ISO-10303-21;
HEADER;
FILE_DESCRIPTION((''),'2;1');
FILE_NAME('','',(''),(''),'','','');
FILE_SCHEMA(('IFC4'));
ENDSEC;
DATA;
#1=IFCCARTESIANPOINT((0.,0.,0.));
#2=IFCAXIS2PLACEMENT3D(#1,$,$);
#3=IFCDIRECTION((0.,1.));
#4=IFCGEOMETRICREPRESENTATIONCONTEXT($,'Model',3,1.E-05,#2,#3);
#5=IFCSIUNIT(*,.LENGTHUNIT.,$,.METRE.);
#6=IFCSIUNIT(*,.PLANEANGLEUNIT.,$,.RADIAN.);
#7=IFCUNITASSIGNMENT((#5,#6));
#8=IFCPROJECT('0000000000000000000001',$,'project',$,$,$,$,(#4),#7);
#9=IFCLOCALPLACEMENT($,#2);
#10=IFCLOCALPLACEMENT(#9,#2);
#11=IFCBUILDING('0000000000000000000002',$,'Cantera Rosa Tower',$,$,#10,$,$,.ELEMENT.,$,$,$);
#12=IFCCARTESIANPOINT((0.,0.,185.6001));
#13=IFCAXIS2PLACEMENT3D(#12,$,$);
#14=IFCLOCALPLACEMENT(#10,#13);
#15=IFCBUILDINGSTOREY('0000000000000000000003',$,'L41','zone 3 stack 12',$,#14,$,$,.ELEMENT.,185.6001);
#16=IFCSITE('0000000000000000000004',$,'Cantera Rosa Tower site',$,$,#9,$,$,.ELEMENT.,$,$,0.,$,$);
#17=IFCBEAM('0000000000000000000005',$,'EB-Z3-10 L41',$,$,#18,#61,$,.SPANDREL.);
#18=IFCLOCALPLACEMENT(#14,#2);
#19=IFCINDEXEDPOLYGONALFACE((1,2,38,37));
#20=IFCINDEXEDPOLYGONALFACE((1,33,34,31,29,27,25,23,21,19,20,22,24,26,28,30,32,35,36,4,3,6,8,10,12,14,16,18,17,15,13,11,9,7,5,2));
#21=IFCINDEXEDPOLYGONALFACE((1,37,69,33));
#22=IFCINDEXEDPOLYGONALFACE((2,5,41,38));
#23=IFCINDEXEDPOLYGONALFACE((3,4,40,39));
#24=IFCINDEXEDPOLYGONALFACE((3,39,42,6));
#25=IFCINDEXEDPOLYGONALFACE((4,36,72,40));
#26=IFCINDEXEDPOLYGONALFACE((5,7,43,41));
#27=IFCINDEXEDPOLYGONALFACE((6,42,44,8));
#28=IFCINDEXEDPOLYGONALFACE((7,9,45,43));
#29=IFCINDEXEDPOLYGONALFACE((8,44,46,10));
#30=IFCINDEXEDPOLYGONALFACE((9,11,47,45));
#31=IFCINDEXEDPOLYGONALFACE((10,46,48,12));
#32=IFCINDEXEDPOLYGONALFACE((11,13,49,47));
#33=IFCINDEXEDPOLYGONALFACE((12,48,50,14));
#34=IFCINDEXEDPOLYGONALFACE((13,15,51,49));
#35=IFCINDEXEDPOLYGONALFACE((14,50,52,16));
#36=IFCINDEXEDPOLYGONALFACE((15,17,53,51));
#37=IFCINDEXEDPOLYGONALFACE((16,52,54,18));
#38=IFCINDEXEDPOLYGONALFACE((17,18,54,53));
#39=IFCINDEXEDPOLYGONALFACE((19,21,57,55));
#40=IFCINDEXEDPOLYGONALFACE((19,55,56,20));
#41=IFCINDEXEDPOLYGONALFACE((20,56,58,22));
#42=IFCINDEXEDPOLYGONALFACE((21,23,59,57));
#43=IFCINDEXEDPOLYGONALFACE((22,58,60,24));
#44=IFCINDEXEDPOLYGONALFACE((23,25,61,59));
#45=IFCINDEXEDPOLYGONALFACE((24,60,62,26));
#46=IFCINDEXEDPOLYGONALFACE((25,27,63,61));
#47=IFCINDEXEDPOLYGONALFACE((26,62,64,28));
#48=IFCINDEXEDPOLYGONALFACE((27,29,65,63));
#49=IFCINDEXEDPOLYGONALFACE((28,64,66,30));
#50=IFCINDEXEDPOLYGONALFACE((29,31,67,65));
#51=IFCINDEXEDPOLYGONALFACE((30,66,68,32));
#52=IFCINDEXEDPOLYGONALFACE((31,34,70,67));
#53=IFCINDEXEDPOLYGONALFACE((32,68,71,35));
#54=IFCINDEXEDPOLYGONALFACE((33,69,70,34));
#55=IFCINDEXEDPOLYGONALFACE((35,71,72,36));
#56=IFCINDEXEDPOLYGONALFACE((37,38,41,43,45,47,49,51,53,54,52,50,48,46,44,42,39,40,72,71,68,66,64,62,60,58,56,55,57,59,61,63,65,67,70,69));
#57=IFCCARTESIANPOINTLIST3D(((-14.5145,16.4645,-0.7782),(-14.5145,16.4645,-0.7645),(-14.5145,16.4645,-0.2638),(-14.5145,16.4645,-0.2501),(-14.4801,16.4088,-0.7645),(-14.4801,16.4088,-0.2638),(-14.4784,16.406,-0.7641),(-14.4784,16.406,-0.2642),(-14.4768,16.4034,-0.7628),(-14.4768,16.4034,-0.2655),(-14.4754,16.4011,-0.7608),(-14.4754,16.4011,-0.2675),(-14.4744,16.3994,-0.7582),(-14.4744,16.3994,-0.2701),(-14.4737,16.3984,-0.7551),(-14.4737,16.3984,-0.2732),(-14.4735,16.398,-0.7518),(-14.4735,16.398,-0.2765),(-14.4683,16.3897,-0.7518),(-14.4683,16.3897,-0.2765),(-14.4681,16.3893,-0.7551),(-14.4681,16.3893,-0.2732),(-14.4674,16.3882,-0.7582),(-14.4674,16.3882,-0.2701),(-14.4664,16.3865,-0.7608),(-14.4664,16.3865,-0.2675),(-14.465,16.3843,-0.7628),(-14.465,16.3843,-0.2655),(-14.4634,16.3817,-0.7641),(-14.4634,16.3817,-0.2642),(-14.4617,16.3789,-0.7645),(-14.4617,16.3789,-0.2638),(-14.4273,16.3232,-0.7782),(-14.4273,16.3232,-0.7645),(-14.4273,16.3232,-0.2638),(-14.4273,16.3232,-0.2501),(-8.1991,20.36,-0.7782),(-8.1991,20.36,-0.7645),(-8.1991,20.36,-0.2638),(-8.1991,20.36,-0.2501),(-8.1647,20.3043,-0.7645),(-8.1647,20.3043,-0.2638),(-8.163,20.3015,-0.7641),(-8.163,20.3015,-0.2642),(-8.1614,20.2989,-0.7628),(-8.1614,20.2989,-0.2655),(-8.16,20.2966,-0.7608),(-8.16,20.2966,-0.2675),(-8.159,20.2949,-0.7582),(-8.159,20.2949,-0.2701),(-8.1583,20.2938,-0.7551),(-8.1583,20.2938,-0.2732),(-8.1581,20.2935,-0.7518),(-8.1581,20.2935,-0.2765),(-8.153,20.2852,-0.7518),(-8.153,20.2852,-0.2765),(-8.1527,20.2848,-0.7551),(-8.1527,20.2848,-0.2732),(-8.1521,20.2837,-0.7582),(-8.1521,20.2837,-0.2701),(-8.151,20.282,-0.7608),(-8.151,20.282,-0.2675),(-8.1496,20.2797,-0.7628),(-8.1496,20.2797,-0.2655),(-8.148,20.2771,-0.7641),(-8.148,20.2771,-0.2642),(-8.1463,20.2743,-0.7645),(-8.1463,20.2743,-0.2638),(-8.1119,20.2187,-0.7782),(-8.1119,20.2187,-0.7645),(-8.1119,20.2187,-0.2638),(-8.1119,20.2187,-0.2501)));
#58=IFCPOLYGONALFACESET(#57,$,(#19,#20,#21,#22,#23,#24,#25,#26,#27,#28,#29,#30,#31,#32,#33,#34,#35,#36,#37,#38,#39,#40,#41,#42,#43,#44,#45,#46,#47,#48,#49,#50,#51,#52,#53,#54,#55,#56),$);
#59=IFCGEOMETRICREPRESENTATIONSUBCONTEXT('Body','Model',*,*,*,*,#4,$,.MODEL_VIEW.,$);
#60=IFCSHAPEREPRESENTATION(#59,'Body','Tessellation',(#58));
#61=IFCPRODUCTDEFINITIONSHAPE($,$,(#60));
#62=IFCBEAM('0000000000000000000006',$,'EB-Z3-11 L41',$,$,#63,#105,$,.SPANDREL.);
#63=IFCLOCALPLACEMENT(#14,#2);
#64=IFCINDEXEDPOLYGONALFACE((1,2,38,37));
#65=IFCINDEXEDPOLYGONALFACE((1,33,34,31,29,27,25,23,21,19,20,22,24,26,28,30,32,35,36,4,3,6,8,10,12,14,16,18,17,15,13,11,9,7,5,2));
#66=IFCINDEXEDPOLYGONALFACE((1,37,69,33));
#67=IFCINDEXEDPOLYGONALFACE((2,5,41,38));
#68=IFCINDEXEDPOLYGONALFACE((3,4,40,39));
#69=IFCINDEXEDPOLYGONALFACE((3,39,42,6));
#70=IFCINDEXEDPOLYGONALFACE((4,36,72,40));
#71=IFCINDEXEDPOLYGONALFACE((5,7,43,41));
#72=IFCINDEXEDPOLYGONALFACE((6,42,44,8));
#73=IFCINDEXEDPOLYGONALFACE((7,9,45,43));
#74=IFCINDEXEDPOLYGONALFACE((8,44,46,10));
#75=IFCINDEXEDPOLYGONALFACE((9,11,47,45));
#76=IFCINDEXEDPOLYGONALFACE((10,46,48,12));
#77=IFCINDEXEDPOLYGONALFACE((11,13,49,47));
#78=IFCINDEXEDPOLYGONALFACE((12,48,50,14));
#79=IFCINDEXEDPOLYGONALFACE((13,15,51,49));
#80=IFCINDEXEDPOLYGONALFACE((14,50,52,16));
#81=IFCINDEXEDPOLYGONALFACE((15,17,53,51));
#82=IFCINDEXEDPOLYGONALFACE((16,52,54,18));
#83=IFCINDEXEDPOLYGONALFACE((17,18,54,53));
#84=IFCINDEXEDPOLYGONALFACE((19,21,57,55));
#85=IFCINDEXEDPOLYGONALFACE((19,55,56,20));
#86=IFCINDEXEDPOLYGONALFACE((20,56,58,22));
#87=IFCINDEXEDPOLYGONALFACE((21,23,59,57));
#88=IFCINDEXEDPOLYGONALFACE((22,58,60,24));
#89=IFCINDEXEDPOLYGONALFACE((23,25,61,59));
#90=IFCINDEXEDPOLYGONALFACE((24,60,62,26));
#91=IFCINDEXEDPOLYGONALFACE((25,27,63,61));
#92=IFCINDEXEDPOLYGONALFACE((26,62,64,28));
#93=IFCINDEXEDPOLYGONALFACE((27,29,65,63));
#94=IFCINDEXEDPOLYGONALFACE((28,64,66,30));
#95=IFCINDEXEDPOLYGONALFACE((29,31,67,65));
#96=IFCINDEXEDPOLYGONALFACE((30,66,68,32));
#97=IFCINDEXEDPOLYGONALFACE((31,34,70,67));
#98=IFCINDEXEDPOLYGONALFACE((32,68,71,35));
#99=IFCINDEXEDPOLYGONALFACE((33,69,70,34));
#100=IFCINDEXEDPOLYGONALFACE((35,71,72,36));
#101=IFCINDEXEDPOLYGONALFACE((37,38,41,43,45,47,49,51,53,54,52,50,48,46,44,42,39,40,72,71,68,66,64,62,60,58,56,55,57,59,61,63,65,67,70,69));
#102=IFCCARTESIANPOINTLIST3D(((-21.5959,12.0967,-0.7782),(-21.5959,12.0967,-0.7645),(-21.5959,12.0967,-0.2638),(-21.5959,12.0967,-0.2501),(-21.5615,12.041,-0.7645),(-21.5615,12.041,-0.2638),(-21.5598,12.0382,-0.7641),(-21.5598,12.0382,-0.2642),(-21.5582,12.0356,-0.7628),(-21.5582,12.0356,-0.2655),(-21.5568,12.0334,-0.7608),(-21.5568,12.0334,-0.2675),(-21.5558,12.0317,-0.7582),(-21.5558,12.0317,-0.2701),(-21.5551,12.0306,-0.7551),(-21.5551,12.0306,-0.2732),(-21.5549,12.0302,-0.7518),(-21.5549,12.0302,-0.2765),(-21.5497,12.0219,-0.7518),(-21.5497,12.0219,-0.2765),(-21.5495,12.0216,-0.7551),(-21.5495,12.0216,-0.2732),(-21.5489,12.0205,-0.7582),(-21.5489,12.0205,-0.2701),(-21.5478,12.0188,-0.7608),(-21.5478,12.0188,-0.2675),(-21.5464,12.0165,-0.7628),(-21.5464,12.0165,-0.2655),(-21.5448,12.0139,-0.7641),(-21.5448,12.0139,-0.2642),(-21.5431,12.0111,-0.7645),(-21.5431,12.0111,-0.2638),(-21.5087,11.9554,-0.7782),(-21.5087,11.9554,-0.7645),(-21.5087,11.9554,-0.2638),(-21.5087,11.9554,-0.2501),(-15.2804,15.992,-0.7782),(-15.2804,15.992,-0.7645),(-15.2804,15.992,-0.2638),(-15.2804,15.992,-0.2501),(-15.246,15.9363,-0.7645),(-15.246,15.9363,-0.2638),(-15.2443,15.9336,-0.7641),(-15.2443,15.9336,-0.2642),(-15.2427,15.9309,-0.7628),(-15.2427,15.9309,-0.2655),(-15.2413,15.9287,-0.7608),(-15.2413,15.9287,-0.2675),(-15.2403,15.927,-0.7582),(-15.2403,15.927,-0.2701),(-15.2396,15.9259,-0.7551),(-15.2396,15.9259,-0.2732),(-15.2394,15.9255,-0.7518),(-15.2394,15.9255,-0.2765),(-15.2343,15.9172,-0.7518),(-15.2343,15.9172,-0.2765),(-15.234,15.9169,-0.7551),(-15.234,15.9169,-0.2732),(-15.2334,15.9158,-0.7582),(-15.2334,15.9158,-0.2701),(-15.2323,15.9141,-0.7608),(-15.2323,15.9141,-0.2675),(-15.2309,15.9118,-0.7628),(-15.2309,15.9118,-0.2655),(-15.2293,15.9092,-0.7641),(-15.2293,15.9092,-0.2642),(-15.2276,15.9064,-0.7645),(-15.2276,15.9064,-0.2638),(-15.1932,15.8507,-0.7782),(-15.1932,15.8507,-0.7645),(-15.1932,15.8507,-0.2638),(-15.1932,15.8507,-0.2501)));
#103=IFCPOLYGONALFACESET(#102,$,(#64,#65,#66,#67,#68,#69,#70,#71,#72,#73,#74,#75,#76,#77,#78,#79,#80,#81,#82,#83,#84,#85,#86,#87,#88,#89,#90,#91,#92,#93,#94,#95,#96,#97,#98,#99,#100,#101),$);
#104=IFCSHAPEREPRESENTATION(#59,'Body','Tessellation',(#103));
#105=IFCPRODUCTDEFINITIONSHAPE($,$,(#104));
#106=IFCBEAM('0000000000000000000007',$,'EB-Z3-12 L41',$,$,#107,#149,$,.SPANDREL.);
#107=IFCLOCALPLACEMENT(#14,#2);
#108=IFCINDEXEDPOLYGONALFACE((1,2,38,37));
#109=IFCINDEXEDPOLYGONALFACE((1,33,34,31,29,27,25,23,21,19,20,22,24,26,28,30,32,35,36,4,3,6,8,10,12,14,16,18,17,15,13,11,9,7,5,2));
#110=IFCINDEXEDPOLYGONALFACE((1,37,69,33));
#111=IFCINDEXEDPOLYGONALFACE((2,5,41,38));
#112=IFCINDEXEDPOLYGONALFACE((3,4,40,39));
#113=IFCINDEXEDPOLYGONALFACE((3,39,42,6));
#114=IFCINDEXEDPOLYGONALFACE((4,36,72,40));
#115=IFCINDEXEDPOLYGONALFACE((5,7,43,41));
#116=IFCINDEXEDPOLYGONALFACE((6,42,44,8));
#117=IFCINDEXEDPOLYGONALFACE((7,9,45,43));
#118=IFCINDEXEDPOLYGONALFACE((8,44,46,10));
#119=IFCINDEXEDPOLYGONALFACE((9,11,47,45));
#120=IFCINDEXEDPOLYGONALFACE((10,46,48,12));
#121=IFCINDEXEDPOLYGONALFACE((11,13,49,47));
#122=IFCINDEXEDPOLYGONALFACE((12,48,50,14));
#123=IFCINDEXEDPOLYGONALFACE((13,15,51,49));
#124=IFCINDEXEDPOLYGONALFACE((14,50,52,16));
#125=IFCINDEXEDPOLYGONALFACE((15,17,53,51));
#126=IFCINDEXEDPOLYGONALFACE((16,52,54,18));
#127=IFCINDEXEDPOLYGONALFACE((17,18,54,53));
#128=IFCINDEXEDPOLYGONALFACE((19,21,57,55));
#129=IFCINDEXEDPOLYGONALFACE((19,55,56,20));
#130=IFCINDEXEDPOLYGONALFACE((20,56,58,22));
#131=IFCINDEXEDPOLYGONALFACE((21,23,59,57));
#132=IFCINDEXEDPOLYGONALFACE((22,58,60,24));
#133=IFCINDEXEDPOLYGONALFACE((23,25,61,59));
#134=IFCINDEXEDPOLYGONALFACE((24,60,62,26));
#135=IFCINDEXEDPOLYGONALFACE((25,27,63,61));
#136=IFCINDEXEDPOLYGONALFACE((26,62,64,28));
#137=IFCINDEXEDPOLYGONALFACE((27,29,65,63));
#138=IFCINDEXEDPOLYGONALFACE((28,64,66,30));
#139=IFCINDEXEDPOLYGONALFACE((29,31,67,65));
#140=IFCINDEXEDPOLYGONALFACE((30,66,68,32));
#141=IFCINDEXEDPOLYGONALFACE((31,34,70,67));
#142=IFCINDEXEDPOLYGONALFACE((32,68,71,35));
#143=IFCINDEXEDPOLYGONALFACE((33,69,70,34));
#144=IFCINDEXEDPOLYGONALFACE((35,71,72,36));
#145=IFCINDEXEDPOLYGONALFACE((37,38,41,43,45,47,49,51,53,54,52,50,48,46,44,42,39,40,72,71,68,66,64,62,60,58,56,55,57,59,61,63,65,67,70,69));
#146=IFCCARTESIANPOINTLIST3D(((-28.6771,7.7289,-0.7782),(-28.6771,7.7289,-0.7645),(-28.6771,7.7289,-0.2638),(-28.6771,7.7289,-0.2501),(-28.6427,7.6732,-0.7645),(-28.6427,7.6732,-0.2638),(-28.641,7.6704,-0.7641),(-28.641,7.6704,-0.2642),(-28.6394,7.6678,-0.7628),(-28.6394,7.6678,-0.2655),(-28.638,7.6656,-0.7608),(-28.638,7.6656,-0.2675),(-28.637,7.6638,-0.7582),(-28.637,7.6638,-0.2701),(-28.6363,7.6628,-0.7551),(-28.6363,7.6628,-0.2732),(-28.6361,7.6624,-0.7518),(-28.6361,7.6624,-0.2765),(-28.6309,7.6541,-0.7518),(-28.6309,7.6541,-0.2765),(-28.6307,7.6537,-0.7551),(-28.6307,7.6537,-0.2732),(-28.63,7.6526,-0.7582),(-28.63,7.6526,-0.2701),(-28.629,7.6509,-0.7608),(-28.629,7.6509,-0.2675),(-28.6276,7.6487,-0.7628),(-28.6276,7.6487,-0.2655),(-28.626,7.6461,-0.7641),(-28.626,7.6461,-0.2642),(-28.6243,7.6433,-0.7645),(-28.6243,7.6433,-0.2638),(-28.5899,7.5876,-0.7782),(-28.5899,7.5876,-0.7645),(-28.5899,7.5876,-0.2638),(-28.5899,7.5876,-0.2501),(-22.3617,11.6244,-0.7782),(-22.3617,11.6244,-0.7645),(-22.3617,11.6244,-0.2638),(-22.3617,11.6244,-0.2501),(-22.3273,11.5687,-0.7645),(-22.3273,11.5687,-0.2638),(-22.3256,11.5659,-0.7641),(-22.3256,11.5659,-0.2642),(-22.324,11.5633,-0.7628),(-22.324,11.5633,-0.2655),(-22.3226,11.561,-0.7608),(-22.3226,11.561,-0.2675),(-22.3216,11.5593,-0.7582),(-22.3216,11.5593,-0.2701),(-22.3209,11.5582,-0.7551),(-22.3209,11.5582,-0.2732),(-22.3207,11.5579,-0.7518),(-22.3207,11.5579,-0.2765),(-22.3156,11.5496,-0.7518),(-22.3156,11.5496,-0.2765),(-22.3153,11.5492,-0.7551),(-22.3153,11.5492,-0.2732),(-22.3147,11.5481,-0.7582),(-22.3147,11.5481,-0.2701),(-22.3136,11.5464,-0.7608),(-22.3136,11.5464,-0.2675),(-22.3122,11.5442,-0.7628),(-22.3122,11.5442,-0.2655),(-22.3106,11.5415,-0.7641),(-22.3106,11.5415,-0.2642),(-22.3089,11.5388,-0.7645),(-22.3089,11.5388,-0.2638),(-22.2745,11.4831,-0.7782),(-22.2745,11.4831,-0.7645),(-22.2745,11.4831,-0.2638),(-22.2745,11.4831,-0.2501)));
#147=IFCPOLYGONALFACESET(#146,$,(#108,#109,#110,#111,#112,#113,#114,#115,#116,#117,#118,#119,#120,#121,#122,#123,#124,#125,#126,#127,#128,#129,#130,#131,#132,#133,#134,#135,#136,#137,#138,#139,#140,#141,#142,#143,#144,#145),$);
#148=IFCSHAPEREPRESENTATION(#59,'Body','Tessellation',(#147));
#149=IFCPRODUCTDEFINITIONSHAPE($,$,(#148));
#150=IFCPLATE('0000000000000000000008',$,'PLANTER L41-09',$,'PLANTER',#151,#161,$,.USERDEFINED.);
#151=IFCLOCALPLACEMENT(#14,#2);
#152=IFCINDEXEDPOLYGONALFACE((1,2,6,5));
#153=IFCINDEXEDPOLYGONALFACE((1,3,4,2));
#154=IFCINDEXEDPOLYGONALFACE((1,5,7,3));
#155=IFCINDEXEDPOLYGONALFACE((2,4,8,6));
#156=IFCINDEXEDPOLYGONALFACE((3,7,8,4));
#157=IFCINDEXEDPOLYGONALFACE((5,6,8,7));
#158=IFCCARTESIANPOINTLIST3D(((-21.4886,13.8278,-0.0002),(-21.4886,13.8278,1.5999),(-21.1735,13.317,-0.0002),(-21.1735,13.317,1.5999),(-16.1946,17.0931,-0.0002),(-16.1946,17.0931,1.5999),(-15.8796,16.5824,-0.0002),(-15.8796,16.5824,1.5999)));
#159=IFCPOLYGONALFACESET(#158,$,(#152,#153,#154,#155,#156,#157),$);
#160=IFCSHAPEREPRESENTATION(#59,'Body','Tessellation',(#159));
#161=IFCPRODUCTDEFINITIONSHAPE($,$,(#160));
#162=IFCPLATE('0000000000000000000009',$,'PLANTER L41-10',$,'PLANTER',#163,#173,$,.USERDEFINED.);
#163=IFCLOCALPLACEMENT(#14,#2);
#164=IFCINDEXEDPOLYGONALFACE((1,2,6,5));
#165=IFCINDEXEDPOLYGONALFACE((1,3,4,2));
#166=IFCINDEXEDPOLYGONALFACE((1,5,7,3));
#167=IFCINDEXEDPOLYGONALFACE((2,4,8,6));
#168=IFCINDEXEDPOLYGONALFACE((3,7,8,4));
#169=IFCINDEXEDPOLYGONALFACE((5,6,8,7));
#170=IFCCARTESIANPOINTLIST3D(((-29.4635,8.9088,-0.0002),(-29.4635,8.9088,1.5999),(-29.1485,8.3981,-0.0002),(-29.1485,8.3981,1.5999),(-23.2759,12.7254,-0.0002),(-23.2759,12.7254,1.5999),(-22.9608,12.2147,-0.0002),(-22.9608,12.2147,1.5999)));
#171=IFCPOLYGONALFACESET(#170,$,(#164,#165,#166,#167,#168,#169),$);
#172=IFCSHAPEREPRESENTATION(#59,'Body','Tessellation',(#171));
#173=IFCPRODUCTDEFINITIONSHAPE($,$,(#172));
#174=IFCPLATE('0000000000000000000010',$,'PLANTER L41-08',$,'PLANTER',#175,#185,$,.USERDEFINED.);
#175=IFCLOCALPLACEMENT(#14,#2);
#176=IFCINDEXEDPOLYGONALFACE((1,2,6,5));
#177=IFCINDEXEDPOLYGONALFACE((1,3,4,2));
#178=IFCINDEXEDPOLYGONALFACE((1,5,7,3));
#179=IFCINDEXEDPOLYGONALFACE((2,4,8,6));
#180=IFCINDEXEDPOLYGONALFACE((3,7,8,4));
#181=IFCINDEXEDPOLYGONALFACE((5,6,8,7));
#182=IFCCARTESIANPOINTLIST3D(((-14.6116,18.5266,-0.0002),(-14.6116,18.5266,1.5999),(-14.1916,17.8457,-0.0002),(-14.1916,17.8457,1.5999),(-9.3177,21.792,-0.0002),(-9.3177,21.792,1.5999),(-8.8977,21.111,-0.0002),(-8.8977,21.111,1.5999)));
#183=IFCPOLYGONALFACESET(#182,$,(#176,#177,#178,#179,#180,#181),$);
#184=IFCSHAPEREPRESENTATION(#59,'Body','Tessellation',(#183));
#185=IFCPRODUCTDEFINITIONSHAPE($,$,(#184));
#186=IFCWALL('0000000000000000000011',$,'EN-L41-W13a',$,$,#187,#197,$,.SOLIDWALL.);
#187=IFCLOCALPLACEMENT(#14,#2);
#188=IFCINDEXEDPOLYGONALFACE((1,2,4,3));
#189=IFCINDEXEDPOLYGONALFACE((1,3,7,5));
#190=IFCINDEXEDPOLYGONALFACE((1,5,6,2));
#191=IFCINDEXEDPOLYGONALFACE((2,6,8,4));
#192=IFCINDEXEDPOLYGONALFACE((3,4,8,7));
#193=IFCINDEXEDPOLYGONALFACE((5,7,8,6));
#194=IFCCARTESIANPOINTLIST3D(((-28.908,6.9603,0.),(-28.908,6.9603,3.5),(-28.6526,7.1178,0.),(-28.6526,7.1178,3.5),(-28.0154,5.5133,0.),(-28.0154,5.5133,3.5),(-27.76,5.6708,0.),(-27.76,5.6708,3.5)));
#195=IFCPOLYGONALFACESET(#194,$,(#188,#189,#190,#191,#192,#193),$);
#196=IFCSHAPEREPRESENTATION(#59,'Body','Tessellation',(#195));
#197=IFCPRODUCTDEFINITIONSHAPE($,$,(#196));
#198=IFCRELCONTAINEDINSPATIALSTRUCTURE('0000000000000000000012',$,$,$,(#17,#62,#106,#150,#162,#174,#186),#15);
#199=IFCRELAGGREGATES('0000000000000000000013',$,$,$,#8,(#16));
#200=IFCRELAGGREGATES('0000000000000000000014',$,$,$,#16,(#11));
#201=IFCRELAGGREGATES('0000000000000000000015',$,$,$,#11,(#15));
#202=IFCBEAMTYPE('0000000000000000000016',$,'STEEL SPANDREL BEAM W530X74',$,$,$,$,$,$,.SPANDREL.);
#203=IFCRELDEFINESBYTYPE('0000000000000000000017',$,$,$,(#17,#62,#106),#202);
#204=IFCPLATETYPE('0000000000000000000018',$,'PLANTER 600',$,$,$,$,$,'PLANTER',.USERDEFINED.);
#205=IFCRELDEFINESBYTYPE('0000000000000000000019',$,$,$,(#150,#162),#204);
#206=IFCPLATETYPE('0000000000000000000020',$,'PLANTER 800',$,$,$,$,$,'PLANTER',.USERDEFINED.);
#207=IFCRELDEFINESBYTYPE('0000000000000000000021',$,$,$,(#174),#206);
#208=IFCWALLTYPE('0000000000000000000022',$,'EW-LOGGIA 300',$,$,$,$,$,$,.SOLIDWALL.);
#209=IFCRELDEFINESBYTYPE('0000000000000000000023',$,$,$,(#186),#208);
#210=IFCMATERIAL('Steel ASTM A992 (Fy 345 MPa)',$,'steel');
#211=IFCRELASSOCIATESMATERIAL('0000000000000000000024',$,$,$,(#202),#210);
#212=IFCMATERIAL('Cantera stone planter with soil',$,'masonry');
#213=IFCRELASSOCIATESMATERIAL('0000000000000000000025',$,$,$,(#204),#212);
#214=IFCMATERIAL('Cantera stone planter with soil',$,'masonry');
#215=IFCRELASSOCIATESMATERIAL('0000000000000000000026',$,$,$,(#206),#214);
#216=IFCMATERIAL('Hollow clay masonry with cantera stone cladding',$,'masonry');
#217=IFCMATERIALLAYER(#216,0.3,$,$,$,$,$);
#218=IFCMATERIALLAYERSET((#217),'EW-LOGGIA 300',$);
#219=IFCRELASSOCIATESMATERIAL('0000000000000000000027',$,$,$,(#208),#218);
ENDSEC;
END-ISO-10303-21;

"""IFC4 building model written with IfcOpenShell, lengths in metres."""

from ifc_helpers import new_model, si_unit, direction, frame, frame_2d, origin, origin_2d, place, context, subcontext, project, spatial, rectangle, i_section, extrude, material, layer, layer_set, material_profile, profile_set, type_object, element, save


model = new_model("IFC4")

# Units and contexts
model_context = context("Model", 3, precision=1e-05, world=origin(), true_north=direction((0.0, 1.0)))
body_context = subcontext(model_context, "Body", "Model", "MODEL_VIEW")
ifc_project = project(units=[si_unit("LENGTHUNIT", "METRE"), si_unit("PLANEANGLEUNIT", "RADIAN")], contexts=[model_context])

# Site, building, storey
site_placement = place(None, origin())
site = spatial("IfcSite", under=ifc_project, at=site_placement, Name="Cantera Rosa Tower site", CompositionType="ELEMENT", RefElevation=0.0)
building_placement = place(site_placement, origin())
building = spatial("IfcBuilding", under=site, at=building_placement, Name="Cantera Rosa Tower", CompositionType="ELEMENT")
storey_placement = place(building_placement, frame((0.0, 0.0, 185.6001)))
storey = spatial("IfcBuildingStorey", under=building, at=storey_placement, Name="L41", Description="zone 3 stack 12", CompositionType="ELEMENT", Elevation=185.6001)

# Beams
ifc_material_1 = material(Name="Steel ASTM A992 (Fy 345 MPa)", Category="steel")
ifc_material_profile_1 = material_profile(ifc_material_1, i_section(OverallWidth=0.166, OverallDepth=0.5281, WebThickness=0.0098, FlangeThickness=0.0137, FilletRadius=0.0127, at=origin_2d()), Name="W530X74")
ifc_profile_set_1 = profile_set([ifc_material_profile_1], Name="Steel ASTM A992 (Fy 345 MPa)")
beam_type_1 = type_object("IfcBeamType", Name="STEEL SPANDREL BEAM W530X74", PredefinedType="SPANDREL", material=ifc_profile_set_1)
for number, where, z_axis, x_axis, name in (
    (1, (-8.1555, 20.2893, -0.5142), (-0.851111, -0.524986, 0.0), (0.524986, -0.851111, 0.0), "EB-Z3-10 L41"),
    (2, (-15.2368, 15.9214, -0.5142), (-0.851126, -0.524962, 0.0), (0.524962, -0.851126, 0.0), "EB-Z3-11 L41"),
    (3, (-22.3181, 11.5537, -0.5142), (-0.851111, -0.524986, 0.0), (0.524986, -0.851111, 0.0), "EB-Z3-12 L41"),
):
    element("IfcBeam", number, at=place(storey_placement, frame(where, z_axis=z_axis, x_axis=x_axis)), inside=storey, type_object=beam_type_1, Name=name, PredefinedType="SPANDREL", context=body_context, shape_type="SweptSolid", body=[
        extrude(i_section(OverallWidth=0.166, OverallDepth=0.5281, WebThickness=0.0098, FlangeThickness=0.0137, FilletRadius=0.0127, at=origin_2d()), origin(), (0.0, 0.0, 1.0), 7.4202),
    ])

# Plates
ifc_material_2 = material(Name="Cantera stone planter with soil", Category="masonry")
plate_type_1 = type_object("IfcPlateType", Name="PLANTER 600", ElementType="PLANTER", PredefinedType="USERDEFINED", material=ifc_material_2)
plate_1_placement = place(storey_placement, frame((-18.6841, 15.2051, -0.0002), z_axis=(0.0, 0.0, 1.0), x_axis=(-0.851117, -0.524977, 0.0)))
element("IfcPlate", 4, at=plate_1_placement, inside=storey, type_object=plate_type_1, Name="PLANTER L41-09", ObjectType="PLANTER", PredefinedType="USERDEFINED", context=body_context, shape_type="SweptSolid", body=[
    extrude(rectangle(XDim=6.22, YDim=0.6001, at=origin_2d()), origin(), (0.0, 0.0, 1.0), 1.6001),
])
plate_2_placement = place(storey_placement, frame((-26.2122, 10.5618, -0.0002), z_axis=(0.0, 0.0, 1.0), x_axis=(-0.851117, -0.524977, 0.0)))
element("IfcPlate", 5, at=plate_2_placement, inside=storey, type_object=plate_type_1, Name="PLANTER L41-10", ObjectType="PLANTER", PredefinedType="USERDEFINED", context=body_context, shape_type="SweptSolid", body=[
    extrude(rectangle(XDim=7.27, YDim=0.6001, at=origin_2d()), origin(), (0.0, 0.0, 1.0), 1.6001),
])
ifc_material_3 = material(Name="Cantera stone planter with soil", Category="masonry")
plate_type_2 = type_object("IfcPlateType", Name="PLANTER 800", ElementType="PLANTER", PredefinedType="USERDEFINED", material=ifc_material_3)
plate_3_placement = place(storey_placement, frame((-11.7546, 19.8188, -0.0002), z_axis=(0.0, 0.0, 1.0), x_axis=(-0.851117, -0.524977, 0.0)))
element("IfcPlate", 6, at=plate_3_placement, inside=storey, type_object=plate_type_2, Name="PLANTER L41-08", ObjectType="PLANTER", PredefinedType="USERDEFINED", context=body_context, shape_type="SweptSolid", body=[
    extrude(rectangle(XDim=6.22, YDim=0.8, at=origin_2d()), origin(), (0.0, 0.0, 1.0), 1.6001),
])

# Wall
ifc_material_4 = material(Name="Hollow clay masonry with cantera stone cladding", Category="masonry")
ifc_layer_1 = layer(ifc_material_4, 0.3)
ifc_layer_set_1 = layer_set([ifc_layer_1], Name="EW-LOGGIA 300")
wall_type_1 = type_object("IfcWallType", Name="EW-LOGGIA 300", PredefinedType="SOLIDWALL", material=ifc_layer_set_1)
wall_1_placement = place(storey_placement, frame((-28.7803, 7.0391, 0.0), z_axis=(0.0, 0.0, 1.0), x_axis=(0.524994, -0.851106, 0.0)))
element("IfcWall", 7, at=wall_1_placement, inside=storey, type_object=wall_type_1, Name="EN-L41-W13a", PredefinedType="SOLIDWALL", context=body_context, shape_type="SweptSolid", body=[
    extrude(rectangle(XDim=1.7002, YDim=0.3, at=frame_2d((0.8501, 0.0))), origin(), (0.0, 0.0, 1.0), 3.5),
])

save(model, "model.ifc")
